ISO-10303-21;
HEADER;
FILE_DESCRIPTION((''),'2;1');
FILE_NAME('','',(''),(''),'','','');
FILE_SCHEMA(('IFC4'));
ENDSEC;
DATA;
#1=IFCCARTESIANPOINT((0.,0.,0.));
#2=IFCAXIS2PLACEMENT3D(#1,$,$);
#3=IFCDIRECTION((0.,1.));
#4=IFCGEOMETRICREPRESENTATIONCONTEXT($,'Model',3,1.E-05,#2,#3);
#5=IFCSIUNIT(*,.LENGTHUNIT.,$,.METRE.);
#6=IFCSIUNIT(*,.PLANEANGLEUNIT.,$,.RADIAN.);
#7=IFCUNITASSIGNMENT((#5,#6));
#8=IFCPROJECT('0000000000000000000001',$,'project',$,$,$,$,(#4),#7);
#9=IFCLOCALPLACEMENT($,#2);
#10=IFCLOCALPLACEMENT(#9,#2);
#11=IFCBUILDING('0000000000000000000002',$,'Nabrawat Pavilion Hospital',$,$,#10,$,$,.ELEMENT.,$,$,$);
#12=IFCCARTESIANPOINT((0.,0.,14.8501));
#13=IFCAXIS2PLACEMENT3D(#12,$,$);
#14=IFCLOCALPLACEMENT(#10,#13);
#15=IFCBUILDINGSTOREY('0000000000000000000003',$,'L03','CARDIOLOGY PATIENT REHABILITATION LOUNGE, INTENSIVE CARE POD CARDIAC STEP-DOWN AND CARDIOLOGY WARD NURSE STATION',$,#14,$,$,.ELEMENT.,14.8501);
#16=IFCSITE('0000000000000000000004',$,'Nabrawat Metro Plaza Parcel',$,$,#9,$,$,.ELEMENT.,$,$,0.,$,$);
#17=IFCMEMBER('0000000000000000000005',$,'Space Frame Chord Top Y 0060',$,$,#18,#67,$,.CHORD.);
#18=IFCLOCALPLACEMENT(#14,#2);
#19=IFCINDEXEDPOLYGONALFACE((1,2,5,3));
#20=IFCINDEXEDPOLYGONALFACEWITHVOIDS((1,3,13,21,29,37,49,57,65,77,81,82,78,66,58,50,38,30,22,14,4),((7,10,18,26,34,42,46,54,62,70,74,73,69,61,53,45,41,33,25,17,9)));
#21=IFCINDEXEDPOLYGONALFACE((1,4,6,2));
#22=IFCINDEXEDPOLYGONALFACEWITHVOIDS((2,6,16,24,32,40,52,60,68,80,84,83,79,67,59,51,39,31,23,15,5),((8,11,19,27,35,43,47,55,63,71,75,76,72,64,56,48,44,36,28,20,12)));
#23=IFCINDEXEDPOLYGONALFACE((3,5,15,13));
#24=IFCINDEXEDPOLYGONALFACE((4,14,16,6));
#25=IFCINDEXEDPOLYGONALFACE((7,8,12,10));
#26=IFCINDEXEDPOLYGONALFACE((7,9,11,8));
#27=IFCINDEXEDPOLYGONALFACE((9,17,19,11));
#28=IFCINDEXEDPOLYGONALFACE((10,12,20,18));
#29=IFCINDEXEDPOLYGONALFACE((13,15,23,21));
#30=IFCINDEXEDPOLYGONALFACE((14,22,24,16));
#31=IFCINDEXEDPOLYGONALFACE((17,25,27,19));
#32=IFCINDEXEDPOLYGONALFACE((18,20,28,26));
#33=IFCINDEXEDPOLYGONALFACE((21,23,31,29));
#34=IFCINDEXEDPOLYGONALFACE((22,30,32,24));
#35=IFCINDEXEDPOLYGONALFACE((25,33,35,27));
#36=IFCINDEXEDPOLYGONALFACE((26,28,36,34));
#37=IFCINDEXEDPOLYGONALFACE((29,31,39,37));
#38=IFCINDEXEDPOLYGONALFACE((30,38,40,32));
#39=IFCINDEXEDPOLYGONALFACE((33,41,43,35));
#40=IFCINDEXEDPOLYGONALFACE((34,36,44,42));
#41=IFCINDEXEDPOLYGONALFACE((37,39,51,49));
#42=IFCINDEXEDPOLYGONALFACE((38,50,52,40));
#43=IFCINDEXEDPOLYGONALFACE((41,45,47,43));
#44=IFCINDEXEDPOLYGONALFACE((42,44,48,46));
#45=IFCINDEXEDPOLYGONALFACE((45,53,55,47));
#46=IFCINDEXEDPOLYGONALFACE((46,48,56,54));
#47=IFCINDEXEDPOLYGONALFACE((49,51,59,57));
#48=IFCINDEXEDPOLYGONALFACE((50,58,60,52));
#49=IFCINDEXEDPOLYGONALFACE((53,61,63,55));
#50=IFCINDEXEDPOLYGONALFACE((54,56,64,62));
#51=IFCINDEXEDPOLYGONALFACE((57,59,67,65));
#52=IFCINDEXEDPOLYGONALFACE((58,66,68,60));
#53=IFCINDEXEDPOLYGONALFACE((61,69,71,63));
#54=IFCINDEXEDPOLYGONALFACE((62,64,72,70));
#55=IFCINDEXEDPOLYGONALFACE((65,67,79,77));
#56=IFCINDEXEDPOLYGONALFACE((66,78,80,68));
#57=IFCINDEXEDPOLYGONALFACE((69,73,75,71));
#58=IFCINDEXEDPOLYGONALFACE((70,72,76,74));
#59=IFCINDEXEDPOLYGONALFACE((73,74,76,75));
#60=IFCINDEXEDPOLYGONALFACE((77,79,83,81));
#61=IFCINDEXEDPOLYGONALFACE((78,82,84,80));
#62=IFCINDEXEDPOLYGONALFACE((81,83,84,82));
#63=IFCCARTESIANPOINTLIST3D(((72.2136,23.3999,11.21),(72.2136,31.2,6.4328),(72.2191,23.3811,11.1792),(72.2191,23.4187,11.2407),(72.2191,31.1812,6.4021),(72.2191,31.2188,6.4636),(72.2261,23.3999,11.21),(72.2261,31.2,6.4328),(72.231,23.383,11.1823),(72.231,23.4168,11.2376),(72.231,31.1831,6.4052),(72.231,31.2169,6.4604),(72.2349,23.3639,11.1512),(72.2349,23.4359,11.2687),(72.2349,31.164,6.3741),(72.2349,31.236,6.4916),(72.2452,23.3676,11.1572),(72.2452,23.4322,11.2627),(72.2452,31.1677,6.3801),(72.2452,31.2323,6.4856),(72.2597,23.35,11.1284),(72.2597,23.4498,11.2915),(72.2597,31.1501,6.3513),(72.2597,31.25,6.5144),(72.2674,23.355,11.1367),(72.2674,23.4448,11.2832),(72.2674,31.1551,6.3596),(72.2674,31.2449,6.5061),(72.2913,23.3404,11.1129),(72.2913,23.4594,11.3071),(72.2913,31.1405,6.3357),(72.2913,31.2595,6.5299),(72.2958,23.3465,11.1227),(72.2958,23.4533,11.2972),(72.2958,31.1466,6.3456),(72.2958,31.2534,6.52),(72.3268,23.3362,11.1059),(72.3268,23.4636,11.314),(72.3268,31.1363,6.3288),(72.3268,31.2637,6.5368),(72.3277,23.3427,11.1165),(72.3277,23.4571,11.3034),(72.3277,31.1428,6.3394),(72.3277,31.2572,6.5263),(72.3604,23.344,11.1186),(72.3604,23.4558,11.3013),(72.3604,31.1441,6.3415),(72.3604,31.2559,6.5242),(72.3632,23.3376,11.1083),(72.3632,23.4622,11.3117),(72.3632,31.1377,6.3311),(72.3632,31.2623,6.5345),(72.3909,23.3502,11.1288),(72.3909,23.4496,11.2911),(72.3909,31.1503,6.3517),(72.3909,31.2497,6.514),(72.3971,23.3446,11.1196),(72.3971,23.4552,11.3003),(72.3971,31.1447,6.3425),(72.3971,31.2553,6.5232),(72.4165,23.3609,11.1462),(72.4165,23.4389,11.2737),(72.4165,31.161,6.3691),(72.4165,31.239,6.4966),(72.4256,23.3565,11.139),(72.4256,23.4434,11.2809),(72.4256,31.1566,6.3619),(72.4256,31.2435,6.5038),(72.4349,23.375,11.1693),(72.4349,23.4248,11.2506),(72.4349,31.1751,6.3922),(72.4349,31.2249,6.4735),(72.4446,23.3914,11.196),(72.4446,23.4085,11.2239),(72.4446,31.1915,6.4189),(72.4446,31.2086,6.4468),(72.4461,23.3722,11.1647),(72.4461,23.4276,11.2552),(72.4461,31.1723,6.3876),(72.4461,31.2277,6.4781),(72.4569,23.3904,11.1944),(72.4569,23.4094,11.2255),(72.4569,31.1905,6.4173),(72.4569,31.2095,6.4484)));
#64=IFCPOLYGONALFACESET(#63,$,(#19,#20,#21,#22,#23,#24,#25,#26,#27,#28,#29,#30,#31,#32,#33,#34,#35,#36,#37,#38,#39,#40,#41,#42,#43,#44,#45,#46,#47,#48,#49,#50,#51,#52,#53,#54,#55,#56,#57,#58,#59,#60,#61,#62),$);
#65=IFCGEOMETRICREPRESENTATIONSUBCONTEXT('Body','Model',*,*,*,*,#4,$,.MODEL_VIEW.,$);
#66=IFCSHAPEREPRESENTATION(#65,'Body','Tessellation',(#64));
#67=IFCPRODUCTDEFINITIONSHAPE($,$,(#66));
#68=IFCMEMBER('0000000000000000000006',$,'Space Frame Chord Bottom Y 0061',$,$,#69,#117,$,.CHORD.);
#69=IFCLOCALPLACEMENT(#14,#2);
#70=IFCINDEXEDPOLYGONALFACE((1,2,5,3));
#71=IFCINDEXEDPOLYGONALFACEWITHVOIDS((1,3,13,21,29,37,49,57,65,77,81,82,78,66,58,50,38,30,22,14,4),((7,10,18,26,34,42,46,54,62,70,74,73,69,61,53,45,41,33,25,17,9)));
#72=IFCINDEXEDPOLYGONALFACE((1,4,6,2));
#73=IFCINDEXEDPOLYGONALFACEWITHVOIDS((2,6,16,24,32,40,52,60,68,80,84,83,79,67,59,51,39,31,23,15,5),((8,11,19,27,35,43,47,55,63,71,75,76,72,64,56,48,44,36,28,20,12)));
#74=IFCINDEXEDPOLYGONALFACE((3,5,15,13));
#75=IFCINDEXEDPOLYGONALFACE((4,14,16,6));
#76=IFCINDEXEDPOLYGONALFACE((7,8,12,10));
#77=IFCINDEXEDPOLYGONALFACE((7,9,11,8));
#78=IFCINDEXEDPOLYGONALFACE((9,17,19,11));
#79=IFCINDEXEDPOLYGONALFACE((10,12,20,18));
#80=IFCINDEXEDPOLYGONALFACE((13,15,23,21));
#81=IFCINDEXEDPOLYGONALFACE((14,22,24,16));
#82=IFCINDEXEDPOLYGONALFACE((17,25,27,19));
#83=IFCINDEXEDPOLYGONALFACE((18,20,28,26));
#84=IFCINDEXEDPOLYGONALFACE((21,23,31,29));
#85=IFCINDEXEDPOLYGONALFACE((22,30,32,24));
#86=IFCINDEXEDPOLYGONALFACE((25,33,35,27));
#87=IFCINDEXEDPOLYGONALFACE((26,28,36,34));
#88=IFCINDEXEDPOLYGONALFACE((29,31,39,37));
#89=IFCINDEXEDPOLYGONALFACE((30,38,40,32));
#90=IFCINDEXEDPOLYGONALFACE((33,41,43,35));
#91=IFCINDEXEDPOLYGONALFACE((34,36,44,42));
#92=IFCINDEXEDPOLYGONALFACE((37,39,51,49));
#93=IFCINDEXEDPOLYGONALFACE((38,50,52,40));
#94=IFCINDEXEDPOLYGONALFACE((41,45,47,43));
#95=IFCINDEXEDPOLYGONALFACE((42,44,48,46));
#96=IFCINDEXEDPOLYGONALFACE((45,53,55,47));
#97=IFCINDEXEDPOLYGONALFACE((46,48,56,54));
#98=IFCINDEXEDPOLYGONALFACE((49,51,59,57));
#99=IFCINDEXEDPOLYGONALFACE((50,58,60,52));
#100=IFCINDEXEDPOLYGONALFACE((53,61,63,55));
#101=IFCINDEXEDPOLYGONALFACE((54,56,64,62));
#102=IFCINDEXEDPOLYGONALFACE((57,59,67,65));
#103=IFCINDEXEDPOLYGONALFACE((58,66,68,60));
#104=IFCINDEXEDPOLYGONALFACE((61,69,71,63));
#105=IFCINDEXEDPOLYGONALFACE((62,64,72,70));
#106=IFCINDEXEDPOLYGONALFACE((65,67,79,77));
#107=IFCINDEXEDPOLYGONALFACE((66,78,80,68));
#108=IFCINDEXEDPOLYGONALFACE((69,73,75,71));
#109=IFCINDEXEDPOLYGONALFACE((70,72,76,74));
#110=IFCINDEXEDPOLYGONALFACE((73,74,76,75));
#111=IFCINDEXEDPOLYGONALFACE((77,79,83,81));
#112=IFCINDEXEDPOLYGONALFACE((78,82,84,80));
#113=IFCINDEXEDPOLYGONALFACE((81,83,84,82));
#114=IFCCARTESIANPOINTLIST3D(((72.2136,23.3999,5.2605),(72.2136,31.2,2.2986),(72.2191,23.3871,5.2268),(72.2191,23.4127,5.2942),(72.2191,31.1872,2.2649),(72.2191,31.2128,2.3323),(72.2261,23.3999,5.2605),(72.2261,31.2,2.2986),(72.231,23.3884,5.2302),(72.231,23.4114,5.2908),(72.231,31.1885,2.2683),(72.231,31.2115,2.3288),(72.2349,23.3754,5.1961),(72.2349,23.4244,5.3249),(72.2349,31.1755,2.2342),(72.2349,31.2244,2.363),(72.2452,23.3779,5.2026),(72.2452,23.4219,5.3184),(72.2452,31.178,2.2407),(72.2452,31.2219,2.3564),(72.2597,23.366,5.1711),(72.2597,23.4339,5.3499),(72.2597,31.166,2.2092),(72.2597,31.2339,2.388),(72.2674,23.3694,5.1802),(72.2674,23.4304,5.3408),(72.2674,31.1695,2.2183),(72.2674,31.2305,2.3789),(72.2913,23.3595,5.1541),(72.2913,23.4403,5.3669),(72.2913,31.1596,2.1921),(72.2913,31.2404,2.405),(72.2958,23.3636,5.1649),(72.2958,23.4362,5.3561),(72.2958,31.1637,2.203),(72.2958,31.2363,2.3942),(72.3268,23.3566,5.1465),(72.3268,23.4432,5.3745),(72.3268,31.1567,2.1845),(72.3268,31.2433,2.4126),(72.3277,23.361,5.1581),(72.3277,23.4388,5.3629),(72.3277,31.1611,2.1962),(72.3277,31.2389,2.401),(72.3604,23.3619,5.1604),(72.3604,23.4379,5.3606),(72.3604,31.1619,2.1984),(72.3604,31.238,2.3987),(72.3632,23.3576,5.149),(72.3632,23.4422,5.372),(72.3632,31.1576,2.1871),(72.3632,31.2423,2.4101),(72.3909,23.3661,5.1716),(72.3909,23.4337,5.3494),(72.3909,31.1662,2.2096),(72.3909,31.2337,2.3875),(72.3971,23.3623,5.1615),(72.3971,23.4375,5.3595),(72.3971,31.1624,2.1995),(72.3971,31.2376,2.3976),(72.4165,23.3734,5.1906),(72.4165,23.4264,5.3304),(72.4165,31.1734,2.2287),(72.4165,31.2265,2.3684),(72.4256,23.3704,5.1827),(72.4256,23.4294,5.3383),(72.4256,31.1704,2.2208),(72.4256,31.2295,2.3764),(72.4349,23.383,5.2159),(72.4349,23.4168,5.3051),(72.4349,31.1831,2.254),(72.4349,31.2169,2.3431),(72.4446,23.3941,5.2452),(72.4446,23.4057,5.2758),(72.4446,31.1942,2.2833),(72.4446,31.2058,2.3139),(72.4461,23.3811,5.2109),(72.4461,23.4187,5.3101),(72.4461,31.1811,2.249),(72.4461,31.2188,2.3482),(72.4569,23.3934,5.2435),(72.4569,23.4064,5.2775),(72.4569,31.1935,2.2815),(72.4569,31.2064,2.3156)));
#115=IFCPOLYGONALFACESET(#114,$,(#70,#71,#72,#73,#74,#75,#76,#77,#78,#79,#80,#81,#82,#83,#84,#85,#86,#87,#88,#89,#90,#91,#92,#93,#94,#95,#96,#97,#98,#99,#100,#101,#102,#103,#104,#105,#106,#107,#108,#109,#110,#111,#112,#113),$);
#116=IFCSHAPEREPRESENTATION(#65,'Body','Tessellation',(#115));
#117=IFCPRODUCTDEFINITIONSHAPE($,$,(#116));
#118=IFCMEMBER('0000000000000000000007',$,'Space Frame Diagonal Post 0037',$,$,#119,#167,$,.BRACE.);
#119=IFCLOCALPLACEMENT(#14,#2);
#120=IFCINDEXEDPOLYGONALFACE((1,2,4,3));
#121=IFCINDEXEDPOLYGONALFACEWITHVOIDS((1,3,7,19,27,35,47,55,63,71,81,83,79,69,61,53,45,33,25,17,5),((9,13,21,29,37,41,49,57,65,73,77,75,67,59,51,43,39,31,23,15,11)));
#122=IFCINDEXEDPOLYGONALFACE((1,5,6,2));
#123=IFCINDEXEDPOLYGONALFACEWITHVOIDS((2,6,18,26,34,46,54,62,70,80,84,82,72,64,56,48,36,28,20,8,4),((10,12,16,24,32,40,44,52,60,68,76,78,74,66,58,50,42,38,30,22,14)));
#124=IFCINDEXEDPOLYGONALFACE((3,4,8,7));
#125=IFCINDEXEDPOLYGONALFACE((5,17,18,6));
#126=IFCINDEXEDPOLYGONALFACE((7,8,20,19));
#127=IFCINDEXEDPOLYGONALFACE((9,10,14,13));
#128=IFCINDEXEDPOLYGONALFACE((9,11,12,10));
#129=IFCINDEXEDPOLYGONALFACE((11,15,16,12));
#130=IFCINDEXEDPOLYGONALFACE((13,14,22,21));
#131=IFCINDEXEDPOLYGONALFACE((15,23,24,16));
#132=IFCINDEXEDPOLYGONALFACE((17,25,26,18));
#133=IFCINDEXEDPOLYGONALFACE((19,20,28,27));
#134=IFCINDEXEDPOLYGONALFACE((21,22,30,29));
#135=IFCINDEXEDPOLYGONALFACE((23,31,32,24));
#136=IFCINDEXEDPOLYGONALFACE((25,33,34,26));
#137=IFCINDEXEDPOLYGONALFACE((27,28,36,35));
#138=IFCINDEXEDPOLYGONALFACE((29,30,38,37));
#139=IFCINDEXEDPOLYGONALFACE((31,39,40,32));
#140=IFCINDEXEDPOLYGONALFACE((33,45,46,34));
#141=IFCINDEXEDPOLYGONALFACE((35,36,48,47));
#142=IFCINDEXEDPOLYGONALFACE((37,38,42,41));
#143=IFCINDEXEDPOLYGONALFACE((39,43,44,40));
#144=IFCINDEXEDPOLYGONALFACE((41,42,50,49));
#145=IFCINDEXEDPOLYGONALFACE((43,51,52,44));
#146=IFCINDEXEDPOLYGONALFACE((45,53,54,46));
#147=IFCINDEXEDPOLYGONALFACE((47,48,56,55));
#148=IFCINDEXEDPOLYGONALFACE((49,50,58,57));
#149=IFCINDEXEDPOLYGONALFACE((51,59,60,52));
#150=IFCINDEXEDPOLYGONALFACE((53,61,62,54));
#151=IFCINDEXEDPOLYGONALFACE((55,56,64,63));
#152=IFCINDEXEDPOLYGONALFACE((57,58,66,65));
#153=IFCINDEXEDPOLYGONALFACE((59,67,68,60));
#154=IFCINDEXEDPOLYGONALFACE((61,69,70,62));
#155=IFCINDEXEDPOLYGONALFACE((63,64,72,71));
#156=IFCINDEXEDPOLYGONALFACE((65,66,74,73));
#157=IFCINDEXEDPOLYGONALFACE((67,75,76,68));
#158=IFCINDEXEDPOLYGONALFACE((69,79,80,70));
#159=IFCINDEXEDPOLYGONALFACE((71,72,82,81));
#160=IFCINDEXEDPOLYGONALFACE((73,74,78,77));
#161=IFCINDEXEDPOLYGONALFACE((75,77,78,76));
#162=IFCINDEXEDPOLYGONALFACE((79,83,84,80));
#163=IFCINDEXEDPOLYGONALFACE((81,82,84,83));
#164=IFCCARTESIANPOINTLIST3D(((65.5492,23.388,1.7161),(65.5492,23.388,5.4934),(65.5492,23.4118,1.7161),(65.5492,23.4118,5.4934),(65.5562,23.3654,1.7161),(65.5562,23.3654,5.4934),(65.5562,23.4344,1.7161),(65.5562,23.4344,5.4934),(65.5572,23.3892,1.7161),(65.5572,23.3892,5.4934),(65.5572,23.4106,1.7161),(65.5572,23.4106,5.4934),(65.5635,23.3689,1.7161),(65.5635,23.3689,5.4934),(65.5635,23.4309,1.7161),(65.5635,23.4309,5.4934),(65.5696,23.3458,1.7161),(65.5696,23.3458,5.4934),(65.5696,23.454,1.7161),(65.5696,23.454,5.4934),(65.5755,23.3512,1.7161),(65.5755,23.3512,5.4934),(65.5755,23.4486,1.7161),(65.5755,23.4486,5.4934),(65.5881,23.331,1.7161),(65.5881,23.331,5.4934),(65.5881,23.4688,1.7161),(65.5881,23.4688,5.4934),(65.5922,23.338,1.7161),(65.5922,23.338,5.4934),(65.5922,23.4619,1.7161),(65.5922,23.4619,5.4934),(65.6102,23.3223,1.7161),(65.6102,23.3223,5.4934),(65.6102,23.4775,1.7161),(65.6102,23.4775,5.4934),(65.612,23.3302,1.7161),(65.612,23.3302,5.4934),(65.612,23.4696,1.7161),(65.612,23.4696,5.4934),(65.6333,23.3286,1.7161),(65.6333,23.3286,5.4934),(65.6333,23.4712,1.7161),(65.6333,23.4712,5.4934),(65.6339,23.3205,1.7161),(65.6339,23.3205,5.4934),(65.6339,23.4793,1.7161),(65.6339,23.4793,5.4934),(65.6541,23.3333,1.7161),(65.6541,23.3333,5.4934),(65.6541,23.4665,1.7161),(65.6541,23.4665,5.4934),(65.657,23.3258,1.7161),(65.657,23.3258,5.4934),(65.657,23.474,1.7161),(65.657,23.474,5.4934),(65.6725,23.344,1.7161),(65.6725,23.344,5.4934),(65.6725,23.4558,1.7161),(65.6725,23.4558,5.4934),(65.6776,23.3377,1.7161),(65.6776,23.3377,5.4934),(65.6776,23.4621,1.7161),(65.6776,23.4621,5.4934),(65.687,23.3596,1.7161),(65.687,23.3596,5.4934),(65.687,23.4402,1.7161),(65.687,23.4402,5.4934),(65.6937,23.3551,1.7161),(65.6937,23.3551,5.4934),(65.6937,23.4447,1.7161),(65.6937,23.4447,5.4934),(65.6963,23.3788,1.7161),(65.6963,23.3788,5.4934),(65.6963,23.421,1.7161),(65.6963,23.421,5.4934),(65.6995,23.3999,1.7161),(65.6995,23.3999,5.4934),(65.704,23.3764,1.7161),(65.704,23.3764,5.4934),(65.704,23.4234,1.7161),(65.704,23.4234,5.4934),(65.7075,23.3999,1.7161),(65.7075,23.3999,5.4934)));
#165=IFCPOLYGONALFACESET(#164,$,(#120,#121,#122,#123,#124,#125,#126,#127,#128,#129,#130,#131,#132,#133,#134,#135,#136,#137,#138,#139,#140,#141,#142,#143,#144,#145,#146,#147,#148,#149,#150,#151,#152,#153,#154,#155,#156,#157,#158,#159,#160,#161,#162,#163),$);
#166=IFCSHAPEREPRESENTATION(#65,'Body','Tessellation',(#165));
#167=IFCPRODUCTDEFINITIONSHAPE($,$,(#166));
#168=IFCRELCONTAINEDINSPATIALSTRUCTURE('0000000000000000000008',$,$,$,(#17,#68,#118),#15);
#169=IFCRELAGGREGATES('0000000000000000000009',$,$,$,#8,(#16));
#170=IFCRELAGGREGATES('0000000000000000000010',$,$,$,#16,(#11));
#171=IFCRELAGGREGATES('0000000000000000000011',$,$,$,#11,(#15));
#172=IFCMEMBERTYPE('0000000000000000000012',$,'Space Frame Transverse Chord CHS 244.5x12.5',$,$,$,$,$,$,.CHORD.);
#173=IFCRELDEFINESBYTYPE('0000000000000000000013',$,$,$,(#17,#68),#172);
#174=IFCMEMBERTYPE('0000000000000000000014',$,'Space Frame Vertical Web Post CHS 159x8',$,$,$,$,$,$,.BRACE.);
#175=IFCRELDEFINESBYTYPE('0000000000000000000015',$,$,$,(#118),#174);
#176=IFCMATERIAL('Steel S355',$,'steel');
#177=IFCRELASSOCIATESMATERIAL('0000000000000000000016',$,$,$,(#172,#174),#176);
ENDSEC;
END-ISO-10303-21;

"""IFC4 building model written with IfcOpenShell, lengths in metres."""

from ifc_helpers import new_model, si_unit, direction, frame, origin, origin_2d, place, context, subcontext, project, spatial, hollow_circle, extrude, material, material_profile, profile_set, type_object, element, save


model = new_model("IFC4")

# Units and contexts
model_context = context("Model", 3, precision=1e-05, world=origin(), true_north=direction((0.0, 1.0)))
body_context = subcontext(model_context, "Body", "Model", "MODEL_VIEW")
ifc_project = project(units=[si_unit("LENGTHUNIT", "METRE"), si_unit("PLANEANGLEUNIT", "RADIAN")], contexts=[model_context])

# Site, building, storey
site_placement = place(None, origin())
site = spatial("IfcSite", under=ifc_project, at=site_placement, Name="Nabrawat Metro Plaza Parcel", CompositionType="ELEMENT", RefElevation=0.0)
building_placement = place(site_placement, origin())
building = spatial("IfcBuilding", under=site, at=building_placement, Name="Nabrawat Pavilion Hospital", CompositionType="ELEMENT")
storey_placement = place(building_placement, frame((0.0, 0.0, 14.8501)))
storey = spatial("IfcBuildingStorey", under=building, at=storey_placement, Name="L03", Description="CARDIOLOGY PATIENT REHABILITATION LOUNGE, INTENSIVE CARE POD CARDIAC STEP-DOWN AND CARDIOLOGY WARD NURSE STATION", CompositionType="ELEMENT", Elevation=14.8501)

# Members
ifc_material = material(Name="Steel S355", Category="steel")
ifc_material_profile_1 = material_profile(ifc_material, hollow_circle(Radius=0.1223, WallThickness=0.0125, at=origin_2d()), Name="CHS 244.5x12.5")
ifc_profile_set_1 = profile_set([ifc_material_profile_1], Name="Steel S355")
member_type_1 = type_object("IfcMemberType", Name="Space Frame Transverse Chord CHS 244.5x12.5", PredefinedType="CHORD", material=ifc_profile_set_1)
member_1_placement = place(storey_placement, frame((72.3359, 23.3999, 11.21), z_axis=(0.0, 0.852775, -0.522278), x_axis=(-1.0, 0.0, 0.0)))
element("IfcMember", 1, at=member_1_placement, inside=storey, type_object=member_type_1, Name="Space Frame Chord Top Y 0060", PredefinedType="CHORD", context=body_context, shape_type="SweptSolid", body=[
    extrude(hollow_circle(Radius=0.1223, WallThickness=0.0125, at=origin_2d()), origin(), (0.0, 0.0, 1.0), 9.1467),
])
member_2_placement = place(storey_placement, frame((72.3359, 23.3999, 5.2605), z_axis=(0.0, 0.934867, -0.354997), x_axis=(-1.0, 0.0, 0.0)))
element("IfcMember", 2, at=member_2_placement, inside=storey, type_object=member_type_1, Name="Space Frame Chord Bottom Y 0061", PredefinedType="CHORD", context=body_context, shape_type="SweptSolid", body=[
    extrude(hollow_circle(Radius=0.1223, WallThickness=0.0125, at=origin_2d()), origin(), (0.0, 0.0, 1.0), 8.3435),
])
ifc_material_profile_2 = material_profile(ifc_material, hollow_circle(Radius=0.0796, WallThickness=0.0081, at=origin_2d()), Name="CHS 159x8")
ifc_profile_set_2 = profile_set([ifc_material_profile_2], Name="Steel S355")
member_type_2 = type_object("IfcMemberType", Name="Space Frame Vertical Web Post CHS 159x8", PredefinedType="BRACE", material=ifc_profile_set_2)
for number, where, z_axis, x_axis, name in (
    (3, (65.6279, 23.3999, 1.7161), (0.0, 0.0, 1.0), (1.0, 0.0, 0.0), "Space Frame Diagonal Post 0037"),
):
    element("IfcMember", number, at=place(storey_placement, frame(where, z_axis=z_axis, x_axis=x_axis)), inside=storey, type_object=member_type_2, Name=name, PredefinedType="BRACE", context=body_context, shape_type="SweptSolid", body=[
        extrude(hollow_circle(Radius=0.0796, WallThickness=0.0081, at=origin_2d()), origin(), (0.0, 0.0, 1.0), 3.7773),
    ])

save(model, "model.ifc")
